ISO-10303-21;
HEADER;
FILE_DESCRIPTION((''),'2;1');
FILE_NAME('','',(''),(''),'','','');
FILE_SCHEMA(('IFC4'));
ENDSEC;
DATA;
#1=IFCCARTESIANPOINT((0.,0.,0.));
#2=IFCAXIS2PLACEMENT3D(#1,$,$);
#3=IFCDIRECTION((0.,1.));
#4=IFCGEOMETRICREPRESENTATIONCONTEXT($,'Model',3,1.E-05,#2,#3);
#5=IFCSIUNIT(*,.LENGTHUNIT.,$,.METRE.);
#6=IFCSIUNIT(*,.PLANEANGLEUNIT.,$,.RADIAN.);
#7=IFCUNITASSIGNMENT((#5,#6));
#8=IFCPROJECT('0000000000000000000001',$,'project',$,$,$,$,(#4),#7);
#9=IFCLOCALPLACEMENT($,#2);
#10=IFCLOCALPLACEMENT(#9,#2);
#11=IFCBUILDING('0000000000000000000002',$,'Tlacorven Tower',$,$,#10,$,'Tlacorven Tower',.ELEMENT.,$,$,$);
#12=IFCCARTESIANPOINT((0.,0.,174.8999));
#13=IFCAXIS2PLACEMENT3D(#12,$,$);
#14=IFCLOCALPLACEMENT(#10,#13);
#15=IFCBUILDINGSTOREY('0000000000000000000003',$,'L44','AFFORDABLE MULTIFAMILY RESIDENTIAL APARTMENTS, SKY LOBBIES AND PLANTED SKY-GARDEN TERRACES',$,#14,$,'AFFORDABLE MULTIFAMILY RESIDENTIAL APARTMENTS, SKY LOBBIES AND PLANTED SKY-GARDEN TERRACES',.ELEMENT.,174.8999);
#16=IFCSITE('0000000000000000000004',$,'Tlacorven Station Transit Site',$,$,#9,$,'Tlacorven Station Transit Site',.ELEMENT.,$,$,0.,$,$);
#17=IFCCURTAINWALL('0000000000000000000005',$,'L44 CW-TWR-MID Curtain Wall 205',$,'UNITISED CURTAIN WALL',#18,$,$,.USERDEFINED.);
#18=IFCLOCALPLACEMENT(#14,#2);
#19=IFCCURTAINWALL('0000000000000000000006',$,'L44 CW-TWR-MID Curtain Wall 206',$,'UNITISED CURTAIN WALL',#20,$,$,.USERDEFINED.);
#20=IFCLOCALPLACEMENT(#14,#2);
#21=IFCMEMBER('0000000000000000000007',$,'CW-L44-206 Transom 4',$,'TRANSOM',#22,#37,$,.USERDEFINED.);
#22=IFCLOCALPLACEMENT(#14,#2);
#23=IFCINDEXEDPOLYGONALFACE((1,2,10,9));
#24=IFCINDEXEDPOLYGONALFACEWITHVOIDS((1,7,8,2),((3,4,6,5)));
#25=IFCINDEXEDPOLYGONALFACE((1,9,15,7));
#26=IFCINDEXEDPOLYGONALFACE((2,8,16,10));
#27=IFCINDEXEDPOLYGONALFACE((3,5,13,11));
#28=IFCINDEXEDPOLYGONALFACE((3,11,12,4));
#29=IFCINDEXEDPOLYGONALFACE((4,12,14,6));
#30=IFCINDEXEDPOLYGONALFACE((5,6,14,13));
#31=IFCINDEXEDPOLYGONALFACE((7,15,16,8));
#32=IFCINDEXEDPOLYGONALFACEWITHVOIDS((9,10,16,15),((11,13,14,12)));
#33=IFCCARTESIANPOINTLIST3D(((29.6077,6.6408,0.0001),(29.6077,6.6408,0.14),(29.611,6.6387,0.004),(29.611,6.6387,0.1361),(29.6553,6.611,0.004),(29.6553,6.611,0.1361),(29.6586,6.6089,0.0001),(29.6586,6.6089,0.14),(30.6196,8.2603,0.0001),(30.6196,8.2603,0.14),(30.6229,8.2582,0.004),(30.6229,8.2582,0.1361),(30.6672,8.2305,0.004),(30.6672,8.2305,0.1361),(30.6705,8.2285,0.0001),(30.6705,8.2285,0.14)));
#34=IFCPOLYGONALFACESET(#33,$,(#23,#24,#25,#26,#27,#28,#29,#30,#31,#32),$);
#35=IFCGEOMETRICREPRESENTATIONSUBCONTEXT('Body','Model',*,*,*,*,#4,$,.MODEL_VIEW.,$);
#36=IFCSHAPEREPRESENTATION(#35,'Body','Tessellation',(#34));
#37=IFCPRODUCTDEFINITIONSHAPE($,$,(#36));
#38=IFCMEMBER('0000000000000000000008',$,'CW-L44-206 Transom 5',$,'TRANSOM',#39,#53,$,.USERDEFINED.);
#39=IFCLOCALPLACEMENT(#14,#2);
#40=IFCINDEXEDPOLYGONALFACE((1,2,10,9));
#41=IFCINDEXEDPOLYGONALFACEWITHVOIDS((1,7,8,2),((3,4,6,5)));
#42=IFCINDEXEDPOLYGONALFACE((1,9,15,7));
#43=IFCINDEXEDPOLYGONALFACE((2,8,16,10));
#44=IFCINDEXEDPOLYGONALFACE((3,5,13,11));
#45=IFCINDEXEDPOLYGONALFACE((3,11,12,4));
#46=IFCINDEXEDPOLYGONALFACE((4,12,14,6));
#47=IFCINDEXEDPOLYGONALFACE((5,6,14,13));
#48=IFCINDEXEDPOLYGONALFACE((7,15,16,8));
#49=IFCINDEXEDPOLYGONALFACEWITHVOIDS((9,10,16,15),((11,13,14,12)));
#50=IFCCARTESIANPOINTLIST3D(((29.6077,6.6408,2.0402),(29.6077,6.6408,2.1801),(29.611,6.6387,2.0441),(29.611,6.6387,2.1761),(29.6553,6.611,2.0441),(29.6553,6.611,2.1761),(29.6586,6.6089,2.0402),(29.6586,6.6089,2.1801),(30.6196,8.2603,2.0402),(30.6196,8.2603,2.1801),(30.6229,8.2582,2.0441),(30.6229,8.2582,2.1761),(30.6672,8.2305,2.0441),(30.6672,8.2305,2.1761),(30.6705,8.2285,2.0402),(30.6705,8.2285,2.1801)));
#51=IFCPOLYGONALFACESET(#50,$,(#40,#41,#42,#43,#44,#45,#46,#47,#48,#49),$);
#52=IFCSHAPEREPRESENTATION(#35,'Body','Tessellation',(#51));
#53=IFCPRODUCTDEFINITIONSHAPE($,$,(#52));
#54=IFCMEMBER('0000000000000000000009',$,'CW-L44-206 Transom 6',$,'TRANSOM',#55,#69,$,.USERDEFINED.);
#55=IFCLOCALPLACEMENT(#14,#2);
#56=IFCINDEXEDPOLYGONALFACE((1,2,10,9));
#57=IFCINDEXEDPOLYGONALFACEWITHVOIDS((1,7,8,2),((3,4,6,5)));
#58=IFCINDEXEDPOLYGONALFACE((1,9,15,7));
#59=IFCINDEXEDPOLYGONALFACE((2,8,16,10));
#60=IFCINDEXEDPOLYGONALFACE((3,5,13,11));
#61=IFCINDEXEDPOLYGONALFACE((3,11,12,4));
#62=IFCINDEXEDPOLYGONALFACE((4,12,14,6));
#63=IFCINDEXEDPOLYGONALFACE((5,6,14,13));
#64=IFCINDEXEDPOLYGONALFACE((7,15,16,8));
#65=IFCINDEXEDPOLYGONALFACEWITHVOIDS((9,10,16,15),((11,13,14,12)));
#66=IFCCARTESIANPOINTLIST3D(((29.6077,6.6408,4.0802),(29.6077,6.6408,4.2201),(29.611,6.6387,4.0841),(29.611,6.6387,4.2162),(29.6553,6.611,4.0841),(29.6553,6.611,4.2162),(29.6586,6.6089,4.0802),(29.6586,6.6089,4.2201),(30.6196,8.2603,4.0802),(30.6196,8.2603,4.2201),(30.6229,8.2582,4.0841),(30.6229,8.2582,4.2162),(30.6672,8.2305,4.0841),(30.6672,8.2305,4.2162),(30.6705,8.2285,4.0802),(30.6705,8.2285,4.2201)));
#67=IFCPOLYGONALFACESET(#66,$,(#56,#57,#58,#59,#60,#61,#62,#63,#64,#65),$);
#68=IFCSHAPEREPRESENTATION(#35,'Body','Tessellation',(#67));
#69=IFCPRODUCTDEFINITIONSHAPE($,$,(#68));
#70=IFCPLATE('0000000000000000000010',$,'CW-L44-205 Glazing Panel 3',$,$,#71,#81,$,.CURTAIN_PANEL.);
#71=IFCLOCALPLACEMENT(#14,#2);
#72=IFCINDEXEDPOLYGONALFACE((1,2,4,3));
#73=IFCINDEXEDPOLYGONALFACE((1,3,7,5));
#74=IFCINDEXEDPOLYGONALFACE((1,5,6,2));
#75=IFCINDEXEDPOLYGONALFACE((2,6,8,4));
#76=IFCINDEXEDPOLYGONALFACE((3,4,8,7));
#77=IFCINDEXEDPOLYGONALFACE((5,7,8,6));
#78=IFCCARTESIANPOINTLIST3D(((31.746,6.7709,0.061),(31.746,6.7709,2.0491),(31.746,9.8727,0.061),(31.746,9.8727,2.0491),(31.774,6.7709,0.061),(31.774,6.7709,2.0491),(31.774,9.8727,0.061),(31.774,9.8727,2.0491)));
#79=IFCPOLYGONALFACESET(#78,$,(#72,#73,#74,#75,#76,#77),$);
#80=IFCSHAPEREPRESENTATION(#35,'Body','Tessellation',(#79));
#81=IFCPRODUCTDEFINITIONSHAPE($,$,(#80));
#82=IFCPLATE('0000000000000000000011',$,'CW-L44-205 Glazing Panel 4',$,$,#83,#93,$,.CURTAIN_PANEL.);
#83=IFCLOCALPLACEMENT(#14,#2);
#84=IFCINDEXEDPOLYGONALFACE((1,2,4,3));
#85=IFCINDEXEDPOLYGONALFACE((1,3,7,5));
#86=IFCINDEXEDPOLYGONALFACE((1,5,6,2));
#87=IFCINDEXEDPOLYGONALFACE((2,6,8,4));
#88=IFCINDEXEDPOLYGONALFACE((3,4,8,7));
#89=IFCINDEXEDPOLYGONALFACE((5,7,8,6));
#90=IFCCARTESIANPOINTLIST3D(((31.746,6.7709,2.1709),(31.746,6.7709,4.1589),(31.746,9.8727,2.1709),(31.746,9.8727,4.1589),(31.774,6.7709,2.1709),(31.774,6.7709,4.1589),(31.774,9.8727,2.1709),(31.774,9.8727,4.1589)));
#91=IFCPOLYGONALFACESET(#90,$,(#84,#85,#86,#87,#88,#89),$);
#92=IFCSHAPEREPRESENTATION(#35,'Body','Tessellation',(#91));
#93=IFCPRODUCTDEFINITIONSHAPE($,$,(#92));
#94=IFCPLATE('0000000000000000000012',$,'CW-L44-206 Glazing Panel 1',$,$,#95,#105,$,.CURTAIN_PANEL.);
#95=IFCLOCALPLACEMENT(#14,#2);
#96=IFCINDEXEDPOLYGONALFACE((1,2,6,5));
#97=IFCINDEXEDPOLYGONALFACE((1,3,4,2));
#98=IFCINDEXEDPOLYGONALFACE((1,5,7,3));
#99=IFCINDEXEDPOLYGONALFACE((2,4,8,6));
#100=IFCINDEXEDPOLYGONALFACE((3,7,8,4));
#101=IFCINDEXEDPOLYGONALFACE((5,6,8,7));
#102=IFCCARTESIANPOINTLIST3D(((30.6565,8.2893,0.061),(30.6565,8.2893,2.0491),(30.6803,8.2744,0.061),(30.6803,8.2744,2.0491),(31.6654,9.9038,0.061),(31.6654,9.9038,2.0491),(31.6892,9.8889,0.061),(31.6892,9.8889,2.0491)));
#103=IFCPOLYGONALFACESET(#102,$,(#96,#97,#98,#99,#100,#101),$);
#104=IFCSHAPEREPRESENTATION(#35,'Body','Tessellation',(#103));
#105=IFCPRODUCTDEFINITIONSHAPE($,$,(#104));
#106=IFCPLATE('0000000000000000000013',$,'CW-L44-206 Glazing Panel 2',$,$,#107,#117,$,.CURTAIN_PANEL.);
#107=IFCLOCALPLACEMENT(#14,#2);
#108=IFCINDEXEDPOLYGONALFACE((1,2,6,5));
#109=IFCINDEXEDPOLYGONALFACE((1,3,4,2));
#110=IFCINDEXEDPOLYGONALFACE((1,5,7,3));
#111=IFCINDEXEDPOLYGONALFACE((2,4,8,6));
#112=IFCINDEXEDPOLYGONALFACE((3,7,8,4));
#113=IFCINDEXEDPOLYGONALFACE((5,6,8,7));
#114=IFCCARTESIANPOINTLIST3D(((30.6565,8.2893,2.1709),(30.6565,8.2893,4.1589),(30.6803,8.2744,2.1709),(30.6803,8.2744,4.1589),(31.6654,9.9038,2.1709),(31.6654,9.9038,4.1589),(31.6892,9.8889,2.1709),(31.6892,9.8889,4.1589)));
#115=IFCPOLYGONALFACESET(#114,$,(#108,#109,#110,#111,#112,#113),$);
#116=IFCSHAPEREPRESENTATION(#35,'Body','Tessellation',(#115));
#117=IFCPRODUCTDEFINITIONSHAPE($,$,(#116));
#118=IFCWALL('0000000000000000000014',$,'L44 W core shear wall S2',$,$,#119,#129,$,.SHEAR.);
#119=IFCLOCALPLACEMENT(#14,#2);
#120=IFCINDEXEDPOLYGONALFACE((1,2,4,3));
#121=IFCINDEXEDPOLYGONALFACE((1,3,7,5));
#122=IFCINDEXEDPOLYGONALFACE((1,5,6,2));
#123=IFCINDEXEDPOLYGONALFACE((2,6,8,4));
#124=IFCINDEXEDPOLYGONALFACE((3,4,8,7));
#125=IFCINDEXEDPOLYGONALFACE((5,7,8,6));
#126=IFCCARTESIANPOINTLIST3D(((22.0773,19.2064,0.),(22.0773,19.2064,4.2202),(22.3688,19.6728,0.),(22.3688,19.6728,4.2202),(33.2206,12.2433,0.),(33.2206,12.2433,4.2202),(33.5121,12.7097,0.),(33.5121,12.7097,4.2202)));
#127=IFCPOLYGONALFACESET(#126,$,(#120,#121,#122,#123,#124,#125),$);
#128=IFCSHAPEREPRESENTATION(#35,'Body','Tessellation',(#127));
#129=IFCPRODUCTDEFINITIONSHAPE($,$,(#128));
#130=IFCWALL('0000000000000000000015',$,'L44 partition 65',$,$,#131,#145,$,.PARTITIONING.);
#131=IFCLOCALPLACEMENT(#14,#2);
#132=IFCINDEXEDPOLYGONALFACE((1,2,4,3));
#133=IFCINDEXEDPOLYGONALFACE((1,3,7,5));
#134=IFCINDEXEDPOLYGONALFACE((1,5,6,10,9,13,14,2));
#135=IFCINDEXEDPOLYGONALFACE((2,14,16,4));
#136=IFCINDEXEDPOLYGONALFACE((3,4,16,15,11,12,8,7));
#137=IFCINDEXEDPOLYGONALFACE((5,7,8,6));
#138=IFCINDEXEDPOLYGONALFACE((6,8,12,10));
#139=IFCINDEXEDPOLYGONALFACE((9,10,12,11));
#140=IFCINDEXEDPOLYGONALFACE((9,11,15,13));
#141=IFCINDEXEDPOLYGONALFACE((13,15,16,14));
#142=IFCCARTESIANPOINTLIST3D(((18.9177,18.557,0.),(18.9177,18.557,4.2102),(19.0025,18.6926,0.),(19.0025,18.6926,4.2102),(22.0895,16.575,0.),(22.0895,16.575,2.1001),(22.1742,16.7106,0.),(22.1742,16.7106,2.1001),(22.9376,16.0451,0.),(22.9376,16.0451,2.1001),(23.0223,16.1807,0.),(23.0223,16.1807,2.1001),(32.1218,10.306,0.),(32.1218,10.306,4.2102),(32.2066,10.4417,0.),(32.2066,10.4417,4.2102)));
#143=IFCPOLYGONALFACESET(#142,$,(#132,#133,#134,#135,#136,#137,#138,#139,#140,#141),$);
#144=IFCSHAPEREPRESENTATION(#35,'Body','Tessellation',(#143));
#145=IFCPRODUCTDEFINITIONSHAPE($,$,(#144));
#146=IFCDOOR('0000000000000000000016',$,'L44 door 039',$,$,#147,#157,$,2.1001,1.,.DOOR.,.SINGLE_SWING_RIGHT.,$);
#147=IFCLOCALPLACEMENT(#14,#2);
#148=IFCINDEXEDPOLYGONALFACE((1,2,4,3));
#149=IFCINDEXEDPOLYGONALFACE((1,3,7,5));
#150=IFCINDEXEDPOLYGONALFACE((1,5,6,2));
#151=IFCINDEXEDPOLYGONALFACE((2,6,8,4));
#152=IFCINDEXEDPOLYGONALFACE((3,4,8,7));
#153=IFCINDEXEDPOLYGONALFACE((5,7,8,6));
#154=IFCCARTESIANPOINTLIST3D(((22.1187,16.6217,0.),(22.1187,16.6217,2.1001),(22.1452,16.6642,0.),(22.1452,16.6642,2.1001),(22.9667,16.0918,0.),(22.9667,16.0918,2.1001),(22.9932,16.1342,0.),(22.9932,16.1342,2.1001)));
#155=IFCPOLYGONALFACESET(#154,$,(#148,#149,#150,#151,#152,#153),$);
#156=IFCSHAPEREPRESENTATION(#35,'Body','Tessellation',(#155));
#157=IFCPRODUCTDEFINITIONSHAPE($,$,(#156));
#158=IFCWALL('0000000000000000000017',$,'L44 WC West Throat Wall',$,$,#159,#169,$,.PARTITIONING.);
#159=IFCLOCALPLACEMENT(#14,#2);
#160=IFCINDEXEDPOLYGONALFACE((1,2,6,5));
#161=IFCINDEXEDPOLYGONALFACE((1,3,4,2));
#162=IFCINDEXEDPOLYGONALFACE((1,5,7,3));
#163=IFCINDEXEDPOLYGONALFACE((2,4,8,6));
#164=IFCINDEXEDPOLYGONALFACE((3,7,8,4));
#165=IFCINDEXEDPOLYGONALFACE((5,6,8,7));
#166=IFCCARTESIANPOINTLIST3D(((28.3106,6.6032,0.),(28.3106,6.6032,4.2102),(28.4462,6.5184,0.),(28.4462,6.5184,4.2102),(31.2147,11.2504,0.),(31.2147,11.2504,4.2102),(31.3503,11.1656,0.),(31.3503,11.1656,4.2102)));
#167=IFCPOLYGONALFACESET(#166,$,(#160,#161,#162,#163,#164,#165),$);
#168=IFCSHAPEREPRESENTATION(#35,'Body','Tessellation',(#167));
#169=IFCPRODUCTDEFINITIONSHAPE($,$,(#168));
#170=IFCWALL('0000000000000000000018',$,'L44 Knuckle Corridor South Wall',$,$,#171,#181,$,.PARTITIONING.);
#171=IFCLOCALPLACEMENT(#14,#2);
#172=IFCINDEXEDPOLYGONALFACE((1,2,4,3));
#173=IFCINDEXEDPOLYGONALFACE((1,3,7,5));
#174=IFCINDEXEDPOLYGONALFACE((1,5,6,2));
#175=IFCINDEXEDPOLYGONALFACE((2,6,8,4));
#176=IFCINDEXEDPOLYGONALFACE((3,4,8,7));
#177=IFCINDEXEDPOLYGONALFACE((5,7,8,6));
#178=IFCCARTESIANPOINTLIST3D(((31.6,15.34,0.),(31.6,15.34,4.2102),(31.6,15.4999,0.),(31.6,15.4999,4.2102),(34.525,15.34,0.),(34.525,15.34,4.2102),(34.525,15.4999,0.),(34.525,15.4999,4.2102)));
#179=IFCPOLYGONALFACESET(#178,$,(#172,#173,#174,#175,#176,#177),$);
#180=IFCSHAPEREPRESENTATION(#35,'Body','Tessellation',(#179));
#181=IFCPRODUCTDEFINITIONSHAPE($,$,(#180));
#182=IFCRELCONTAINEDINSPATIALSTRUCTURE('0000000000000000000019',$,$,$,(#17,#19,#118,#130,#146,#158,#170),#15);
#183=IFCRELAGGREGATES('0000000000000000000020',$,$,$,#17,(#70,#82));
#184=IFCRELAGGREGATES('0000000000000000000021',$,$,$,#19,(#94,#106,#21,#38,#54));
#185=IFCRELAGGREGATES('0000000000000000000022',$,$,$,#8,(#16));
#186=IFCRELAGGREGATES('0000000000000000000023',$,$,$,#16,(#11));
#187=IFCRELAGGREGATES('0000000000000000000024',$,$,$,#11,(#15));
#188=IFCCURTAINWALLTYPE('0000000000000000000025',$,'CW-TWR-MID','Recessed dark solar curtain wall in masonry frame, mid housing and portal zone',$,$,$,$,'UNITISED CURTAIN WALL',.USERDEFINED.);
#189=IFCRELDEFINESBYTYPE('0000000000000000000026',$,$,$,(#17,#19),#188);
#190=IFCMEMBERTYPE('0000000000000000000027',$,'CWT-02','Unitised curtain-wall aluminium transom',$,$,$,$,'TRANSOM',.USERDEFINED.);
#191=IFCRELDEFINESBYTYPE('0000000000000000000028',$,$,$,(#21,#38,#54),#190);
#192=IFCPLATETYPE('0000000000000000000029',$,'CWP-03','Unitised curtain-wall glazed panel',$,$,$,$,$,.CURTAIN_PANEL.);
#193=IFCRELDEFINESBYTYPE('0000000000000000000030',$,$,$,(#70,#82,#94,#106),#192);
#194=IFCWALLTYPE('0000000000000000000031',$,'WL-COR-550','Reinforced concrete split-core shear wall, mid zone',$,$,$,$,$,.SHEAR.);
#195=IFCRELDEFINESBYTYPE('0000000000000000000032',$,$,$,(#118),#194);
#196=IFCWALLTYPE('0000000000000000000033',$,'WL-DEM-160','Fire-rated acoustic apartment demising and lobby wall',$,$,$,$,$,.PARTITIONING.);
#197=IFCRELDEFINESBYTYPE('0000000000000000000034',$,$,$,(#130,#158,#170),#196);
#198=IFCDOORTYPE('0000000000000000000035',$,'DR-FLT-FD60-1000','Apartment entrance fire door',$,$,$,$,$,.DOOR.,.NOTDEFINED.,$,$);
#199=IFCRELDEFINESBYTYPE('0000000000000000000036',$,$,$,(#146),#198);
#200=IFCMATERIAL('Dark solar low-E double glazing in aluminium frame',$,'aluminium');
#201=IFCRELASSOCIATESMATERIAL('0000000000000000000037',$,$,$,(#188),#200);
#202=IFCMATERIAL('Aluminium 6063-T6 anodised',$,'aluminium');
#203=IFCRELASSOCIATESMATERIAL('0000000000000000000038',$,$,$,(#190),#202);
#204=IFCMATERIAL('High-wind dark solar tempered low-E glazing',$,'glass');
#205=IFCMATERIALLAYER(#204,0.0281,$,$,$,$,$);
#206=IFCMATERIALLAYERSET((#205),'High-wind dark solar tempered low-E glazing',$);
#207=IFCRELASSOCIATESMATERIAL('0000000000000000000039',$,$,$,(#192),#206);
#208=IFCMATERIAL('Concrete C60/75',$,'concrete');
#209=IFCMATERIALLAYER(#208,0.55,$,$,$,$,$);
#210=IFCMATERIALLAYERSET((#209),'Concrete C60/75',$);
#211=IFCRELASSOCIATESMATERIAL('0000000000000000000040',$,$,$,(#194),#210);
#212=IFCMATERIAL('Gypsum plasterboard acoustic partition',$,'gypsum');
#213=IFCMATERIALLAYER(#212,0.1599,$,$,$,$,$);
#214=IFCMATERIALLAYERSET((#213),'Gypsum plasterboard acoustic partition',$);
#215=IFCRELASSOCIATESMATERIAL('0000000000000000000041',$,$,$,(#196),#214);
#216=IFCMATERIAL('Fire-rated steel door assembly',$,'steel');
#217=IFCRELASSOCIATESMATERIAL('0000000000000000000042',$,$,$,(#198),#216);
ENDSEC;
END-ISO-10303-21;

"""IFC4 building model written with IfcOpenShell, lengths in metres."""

from ifc_helpers import new_model, si_unit, direction, frame, frame_2d, origin, origin_2d, place, context, subcontext, project, spatial, rectangle, hollow_rectangle, extrude, source, transform, mapped, material, layer, layer_set, material_profile, profile_set, type_object, element, fill, aggregate, save


model = new_model("IFC4")

# Units and contexts
model_context = context("Model", 3, precision=1e-05, world=origin(), true_north=direction((0.0, 1.0)))
body_context = subcontext(model_context, "Body", "Model", "MODEL_VIEW")
ifc_project = project(units=[si_unit("LENGTHUNIT", "METRE"), si_unit("PLANEANGLEUNIT", "RADIAN")], contexts=[model_context])

# Site, building, storey
site_placement = place(None, origin())
site = spatial("IfcSite", under=ifc_project, at=site_placement, Name="Tlacorven Station Transit Site", LongName="Tlacorven Station Transit Site", CompositionType="ELEMENT", RefElevation=0.0)
building_placement = place(site_placement, origin())
building = spatial("IfcBuilding", under=site, at=building_placement, Name="Tlacorven Tower", LongName="Tlacorven Tower", CompositionType="ELEMENT")
storey_placement = place(building_placement, frame((0.0, 0.0, 174.8999)))
storey = spatial("IfcBuildingStorey", under=building, at=storey_placement, Name="L44", Description="AFFORDABLE MULTIFAMILY RESIDENTIAL APARTMENTS, SKY LOBBIES AND PLANTED SKY-GARDEN TERRACES", LongName="AFFORDABLE MULTIFAMILY RESIDENTIAL APARTMENTS, SKY LOBBIES AND PLANTED SKY-GARDEN TERRACES", CompositionType="ELEMENT", Elevation=174.8999)

# Curtain wall
ifc_material_1 = material(Name="Dark solar low-E double glazing in aluminium frame", Category="aluminium")
curtain_wall_type = type_object("IfcCurtainWallType", Name="CW-TWR-MID", Description="Recessed dark solar curtain wall in masonry frame, mid housing and portal zone", ElementType="UNITISED CURTAIN WALL", PredefinedType="USERDEFINED", material=ifc_material_1)
curtain_wall_1_placement = place(storey_placement, origin())
curtain_wall_1 = element("IfcCurtainWall", 1, at=curtain_wall_1_placement, inside=storey, type_object=curtain_wall_type, Name="L44 CW-TWR-MID Curtain Wall 205", ObjectType="UNITISED CURTAIN WALL", PredefinedType="USERDEFINED")
ifc_material_2 = material(Name="Aluminium 6063-T6 anodised", Category="aluminium")

# Curtain wall, members
curtain_wall_2_placement = place(storey_placement, origin())
curtain_wall_2 = element("IfcCurtainWall", 2, at=curtain_wall_2_placement, inside=storey, type_object=curtain_wall_type, Name="L44 CW-TWR-MID Curtain Wall 206", ObjectType="UNITISED CURTAIN WALL", PredefinedType="USERDEFINED")
ifc_material_profile_1 = material_profile(ifc_material_2, hollow_rectangle(XDim=0.0601, YDim=0.1399, WallThickness=0.0039, at=origin_2d()), Name="ALU TRANSOM 60X140")
ifc_profile_set_1 = profile_set([ifc_material_profile_1], Name="Aluminium 6063-T6 anodised")
member_type_1 = type_object("IfcMemberType", Name="CWT-02", Description="Unitised curtain-wall aluminium transom", ElementType="TRANSOM", PredefinedType="USERDEFINED", material=ifc_profile_set_1)
shared_shape_1 = source(origin(), body_context, "Body", "SweptSolid", [
    extrude(hollow_rectangle(XDim=0.0601, YDim=0.1399, WallThickness=0.0039, at=origin_2d()), origin(), (0.0, 0.0, 1.0), 1.9097),
])
member_1_placement = place(storey_placement, frame((30.645, 8.2444, 0.0701), z_axis=(-0.529884, -0.84807, 0.0), x_axis=(0.84807, -0.529884, 0.0)))
member_1 = element("IfcMember", 3, at=member_1_placement, type_object=member_type_1, Name="CW-L44-206 Transom 4", ObjectType="TRANSOM", PredefinedType="USERDEFINED", context=body_context, shape_type="MappedRepresentation", body=[
    mapped(shared_shape_1, transform((0.0, 0.0, 0.0), scale=1.0)),
])
member_2_placement = place(storey_placement, frame((30.645, 8.2444, 2.1101), z_axis=(-0.529884, -0.84807, 0.0), x_axis=(0.84807, -0.529884, 0.0)))
member_2 = element("IfcMember", 4, at=member_2_placement, type_object=member_type_1, Name="CW-L44-206 Transom 5", ObjectType="TRANSOM", PredefinedType="USERDEFINED", context=body_context, shape_type="MappedRepresentation", body=[
    mapped(shared_shape_1, transform((0.0, 0.0, 0.0), scale=1.0)),
])
member_3_placement = place(storey_placement, frame((30.645, 8.2444, 4.1501), z_axis=(-0.529884, -0.84807, 0.0), x_axis=(0.84807, -0.529884, 0.0)))
member_3 = element("IfcMember", 5, at=member_3_placement, type_object=member_type_1, Name="CW-L44-206 Transom 6", ObjectType="TRANSOM", PredefinedType="USERDEFINED", context=body_context, shape_type="MappedRepresentation", body=[
    mapped(shared_shape_1, transform((0.0, 0.0, 0.0), scale=1.0)),
])

# Plates
ifc_material_3 = material(Name="High-wind dark solar tempered low-E glazing", Category="glass")
ifc_layer_1 = layer(ifc_material_3, 0.0281)
ifc_layer_set_1 = layer_set([ifc_layer_1], Name="High-wind dark solar tempered low-E glazing")
plate_type = type_object("IfcPlateType", Name="CWP-03", Description="Unitised curtain-wall glazed panel", PredefinedType="CURTAIN_PANEL", material=ifc_layer_set_1)
shared_shape_2 = source(origin(), body_context, "Body", "SweptSolid", [
    extrude(rectangle(XDim=3.1018, YDim=0.0281, at=origin_2d()), origin(), (0.0, 0.0, 1.0), 1.988),
])
plate_1_placement = place(storey_placement, frame((31.76, 8.3218, 0.061), z_axis=(0.0, 0.0, 1.0), x_axis=(0.0, 1.0, 0.0)))
plate_1 = element("IfcPlate", 6, at=plate_1_placement, type_object=plate_type, Name="CW-L44-205 Glazing Panel 3", PredefinedType="CURTAIN_PANEL", context=body_context, shape_type="MappedRepresentation", body=[
    mapped(shared_shape_2, transform((0.0, 0.0, 0.0), scale=1.0)),
])
plate_2_placement = place(storey_placement, frame((31.76, 8.3218, 2.1709), z_axis=(0.0, 0.0, 1.0), x_axis=(0.0, 1.0, 0.0)))
plate_2 = element("IfcPlate", 7, at=plate_2_placement, type_object=plate_type, Name="CW-L44-205 Glazing Panel 4", PredefinedType="CURTAIN_PANEL", context=body_context, shape_type="MappedRepresentation", body=[
    mapped(shared_shape_2, transform((0.0, 0.0, 0.0), scale=1.0)),
])
aggregate(curtain_wall_1, [plate_1, plate_2])
shared_shape_3 = source(origin(), body_context, "Body", "SweptSolid", [
    extrude(rectangle(XDim=1.9038, YDim=0.0281, at=origin_2d()), origin(), (0.0, 0.0, 1.0), 1.988),
])
plate_3_placement = place(storey_placement, frame((31.1729, 9.0891, 0.061), z_axis=(0.0, 0.0, 1.0), x_axis=(-0.529919, -0.848048, 0.0)))
plate_3 = element("IfcPlate", 8, at=plate_3_placement, type_object=plate_type, Name="CW-L44-206 Glazing Panel 1", PredefinedType="CURTAIN_PANEL", context=body_context, shape_type="MappedRepresentation", body=[
    mapped(shared_shape_3, transform((0.0, 0.0, 0.0), scale=1.0)),
])
plate_4_placement = place(storey_placement, frame((31.1729, 9.0891, 2.1709), z_axis=(0.0, 0.0, 1.0), x_axis=(-0.529919, -0.848048, 0.0)))
plate_4 = element("IfcPlate", 9, at=plate_4_placement, type_object=plate_type, Name="CW-L44-206 Glazing Panel 2", PredefinedType="CURTAIN_PANEL", context=body_context, shape_type="MappedRepresentation", body=[
    mapped(shared_shape_3, transform((0.0, 0.0, 0.0), scale=1.0)),
])
aggregate(curtain_wall_2, [plate_3, plate_4, member_1, member_2, member_3])

# Wall
ifc_material_4 = material(Name="Concrete C60/75", Category="concrete")
ifc_layer_2 = layer(ifc_material_4, 0.55)
ifc_layer_set_2 = layer_set([ifc_layer_2], Name="Concrete C60/75")
wall_type_1 = type_object("IfcWallType", Name="WL-COR-550", Description="Reinforced concrete split-core shear wall, mid zone", PredefinedType="SHEAR", material=ifc_layer_set_2)
wall_1_placement = place(storey_placement, frame((33.3662, 12.4766, 0.0), z_axis=(0.0, 0.0, 1.0), x_axis=(-0.848047, 0.52992, 0.0)))
element("IfcWall", 10, at=wall_1_placement, inside=storey, type_object=wall_type_1, Name="L44 W core shear wall S2", PredefinedType="SHEAR", context=body_context, shape_type="SweptSolid", body=[
    extrude(rectangle(XDim=13.1399, YDim=0.55, at=frame_2d((6.5698, 0.0))), origin(), (0.0, 0.0, 1.0), 4.2202),
])

# Wall, opening, door
ifc_material_5 = material(Name="Gypsum plasterboard acoustic partition", Category="gypsum")
ifc_layer_3 = layer(ifc_material_5, 0.1599)
ifc_layer_set_3 = layer_set([ifc_layer_3], Name="Gypsum plasterboard acoustic partition")
wall_type_2 = type_object("IfcWallType", Name="WL-DEM-160", Description="Fire-rated acoustic apartment demising and lobby wall", PredefinedType="PARTITIONING", material=ifc_layer_set_3)
wall_2_placement = place(storey_placement, frame((32.1643, 10.3738, 0.0), z_axis=(0.0, 0.0, 1.0), x_axis=(-0.848044, 0.529926, 0.0)))
wall_2 = element("IfcWall", 11, at=wall_2_placement, inside=storey, type_object=wall_type_2, Name="L44 partition 65", PredefinedType="PARTITIONING", context=body_context, shape_type="SweptSolid", body=[
    extrude(rectangle(XDim=15.5701, YDim=0.1599, at=frame_2d((7.7852, 0.0))), origin(), (0.0, 0.0, 1.0), 4.2102),
])
opening_1_placement = place(wall_2_placement, frame((10.8301, 0.0, 0.0)))
opening_1 = element("IfcOpeningElement", 12, at=opening_1_placement, cuts=wall_2, PredefinedType="OPENING", context=body_context, shape_type="SweptSolid", body=[
    extrude(rectangle(XDim=1.0, YDim=2.1001, at=frame_2d((0.5, 1.05))), frame((0.0, 0.0898, 0.0), z_axis=(0.0, -1.0, 0.0), x_axis=(1.0, 0.0, 0.0)), (0.0, 0.0, 1.0), 0.1799),
])
ifc_material_6 = material(Name="Fire-rated steel door assembly", Category="steel")
door_type_1 = type_object("IfcDoorType", Name="DR-FLT-FD60-1000", Description="Apartment entrance fire door", OperationType="NOTDEFINED", PredefinedType="DOOR", material=ifc_material_6)
shared_shape_4 = source(origin(), body_context, "Body", "SweptSolid", [
    extrude(rectangle(XDim=1.0, YDim=2.1001, at=frame_2d((0.5, 1.05))), frame((0.0, 0.0249, 0.0), z_axis=(0.0, -1.0, 0.0), x_axis=(1.0, 0.0, 0.0)), (0.0, 0.0, 1.0), 0.05),
])
door_1_placement = place(opening_1_placement, origin())
door_1 = element("IfcDoor", 13, at=door_1_placement, inside=storey, type_object=door_type_1, Name="L44 door 039", OperationType="SINGLE_SWING_RIGHT", OverallHeight=2.1001, OverallWidth=1.0, PredefinedType="DOOR", context=body_context, shape_type="MappedRepresentation", body=[
    mapped(shared_shape_4, transform((0.0, 0.0, 0.0), scale=1.0)),
])
fill(opening_1, door_1)

# Walls
wall_3_placement = place(storey_placement, frame((31.2825, 11.208, 0.0), z_axis=(0.0, 0.0, 1.0), x_axis=(-0.529939, -0.848036, 0.0)))
element("IfcWall", 14, at=wall_3_placement, inside=storey, type_object=wall_type_2, Name="L44 WC West Throat Wall", PredefinedType="PARTITIONING", context=body_context, shape_type="SweptSolid", body=[
    extrude(rectangle(XDim=5.48, YDim=0.1599, at=frame_2d((2.74, 0.0))), origin(), (0.0, 0.0, 1.0), 4.2102),
])
wall_4_placement = place(storey_placement, frame((31.6001, 15.4199, 0.0), z_axis=(0.0, 0.0, 1.0), x_axis=(1.0, 0.0, 0.0)))
element("IfcWall", 15, at=wall_4_placement, inside=storey, type_object=wall_type_2, Name="L44 Knuckle Corridor South Wall", PredefinedType="PARTITIONING", context=body_context, shape_type="SweptSolid", body=[
    extrude(rectangle(XDim=2.925, YDim=0.1599, at=frame_2d((1.4624, 0.0))), origin(), (0.0, 0.0, 1.0), 4.2102),
])

save(model, "model.ifc")
